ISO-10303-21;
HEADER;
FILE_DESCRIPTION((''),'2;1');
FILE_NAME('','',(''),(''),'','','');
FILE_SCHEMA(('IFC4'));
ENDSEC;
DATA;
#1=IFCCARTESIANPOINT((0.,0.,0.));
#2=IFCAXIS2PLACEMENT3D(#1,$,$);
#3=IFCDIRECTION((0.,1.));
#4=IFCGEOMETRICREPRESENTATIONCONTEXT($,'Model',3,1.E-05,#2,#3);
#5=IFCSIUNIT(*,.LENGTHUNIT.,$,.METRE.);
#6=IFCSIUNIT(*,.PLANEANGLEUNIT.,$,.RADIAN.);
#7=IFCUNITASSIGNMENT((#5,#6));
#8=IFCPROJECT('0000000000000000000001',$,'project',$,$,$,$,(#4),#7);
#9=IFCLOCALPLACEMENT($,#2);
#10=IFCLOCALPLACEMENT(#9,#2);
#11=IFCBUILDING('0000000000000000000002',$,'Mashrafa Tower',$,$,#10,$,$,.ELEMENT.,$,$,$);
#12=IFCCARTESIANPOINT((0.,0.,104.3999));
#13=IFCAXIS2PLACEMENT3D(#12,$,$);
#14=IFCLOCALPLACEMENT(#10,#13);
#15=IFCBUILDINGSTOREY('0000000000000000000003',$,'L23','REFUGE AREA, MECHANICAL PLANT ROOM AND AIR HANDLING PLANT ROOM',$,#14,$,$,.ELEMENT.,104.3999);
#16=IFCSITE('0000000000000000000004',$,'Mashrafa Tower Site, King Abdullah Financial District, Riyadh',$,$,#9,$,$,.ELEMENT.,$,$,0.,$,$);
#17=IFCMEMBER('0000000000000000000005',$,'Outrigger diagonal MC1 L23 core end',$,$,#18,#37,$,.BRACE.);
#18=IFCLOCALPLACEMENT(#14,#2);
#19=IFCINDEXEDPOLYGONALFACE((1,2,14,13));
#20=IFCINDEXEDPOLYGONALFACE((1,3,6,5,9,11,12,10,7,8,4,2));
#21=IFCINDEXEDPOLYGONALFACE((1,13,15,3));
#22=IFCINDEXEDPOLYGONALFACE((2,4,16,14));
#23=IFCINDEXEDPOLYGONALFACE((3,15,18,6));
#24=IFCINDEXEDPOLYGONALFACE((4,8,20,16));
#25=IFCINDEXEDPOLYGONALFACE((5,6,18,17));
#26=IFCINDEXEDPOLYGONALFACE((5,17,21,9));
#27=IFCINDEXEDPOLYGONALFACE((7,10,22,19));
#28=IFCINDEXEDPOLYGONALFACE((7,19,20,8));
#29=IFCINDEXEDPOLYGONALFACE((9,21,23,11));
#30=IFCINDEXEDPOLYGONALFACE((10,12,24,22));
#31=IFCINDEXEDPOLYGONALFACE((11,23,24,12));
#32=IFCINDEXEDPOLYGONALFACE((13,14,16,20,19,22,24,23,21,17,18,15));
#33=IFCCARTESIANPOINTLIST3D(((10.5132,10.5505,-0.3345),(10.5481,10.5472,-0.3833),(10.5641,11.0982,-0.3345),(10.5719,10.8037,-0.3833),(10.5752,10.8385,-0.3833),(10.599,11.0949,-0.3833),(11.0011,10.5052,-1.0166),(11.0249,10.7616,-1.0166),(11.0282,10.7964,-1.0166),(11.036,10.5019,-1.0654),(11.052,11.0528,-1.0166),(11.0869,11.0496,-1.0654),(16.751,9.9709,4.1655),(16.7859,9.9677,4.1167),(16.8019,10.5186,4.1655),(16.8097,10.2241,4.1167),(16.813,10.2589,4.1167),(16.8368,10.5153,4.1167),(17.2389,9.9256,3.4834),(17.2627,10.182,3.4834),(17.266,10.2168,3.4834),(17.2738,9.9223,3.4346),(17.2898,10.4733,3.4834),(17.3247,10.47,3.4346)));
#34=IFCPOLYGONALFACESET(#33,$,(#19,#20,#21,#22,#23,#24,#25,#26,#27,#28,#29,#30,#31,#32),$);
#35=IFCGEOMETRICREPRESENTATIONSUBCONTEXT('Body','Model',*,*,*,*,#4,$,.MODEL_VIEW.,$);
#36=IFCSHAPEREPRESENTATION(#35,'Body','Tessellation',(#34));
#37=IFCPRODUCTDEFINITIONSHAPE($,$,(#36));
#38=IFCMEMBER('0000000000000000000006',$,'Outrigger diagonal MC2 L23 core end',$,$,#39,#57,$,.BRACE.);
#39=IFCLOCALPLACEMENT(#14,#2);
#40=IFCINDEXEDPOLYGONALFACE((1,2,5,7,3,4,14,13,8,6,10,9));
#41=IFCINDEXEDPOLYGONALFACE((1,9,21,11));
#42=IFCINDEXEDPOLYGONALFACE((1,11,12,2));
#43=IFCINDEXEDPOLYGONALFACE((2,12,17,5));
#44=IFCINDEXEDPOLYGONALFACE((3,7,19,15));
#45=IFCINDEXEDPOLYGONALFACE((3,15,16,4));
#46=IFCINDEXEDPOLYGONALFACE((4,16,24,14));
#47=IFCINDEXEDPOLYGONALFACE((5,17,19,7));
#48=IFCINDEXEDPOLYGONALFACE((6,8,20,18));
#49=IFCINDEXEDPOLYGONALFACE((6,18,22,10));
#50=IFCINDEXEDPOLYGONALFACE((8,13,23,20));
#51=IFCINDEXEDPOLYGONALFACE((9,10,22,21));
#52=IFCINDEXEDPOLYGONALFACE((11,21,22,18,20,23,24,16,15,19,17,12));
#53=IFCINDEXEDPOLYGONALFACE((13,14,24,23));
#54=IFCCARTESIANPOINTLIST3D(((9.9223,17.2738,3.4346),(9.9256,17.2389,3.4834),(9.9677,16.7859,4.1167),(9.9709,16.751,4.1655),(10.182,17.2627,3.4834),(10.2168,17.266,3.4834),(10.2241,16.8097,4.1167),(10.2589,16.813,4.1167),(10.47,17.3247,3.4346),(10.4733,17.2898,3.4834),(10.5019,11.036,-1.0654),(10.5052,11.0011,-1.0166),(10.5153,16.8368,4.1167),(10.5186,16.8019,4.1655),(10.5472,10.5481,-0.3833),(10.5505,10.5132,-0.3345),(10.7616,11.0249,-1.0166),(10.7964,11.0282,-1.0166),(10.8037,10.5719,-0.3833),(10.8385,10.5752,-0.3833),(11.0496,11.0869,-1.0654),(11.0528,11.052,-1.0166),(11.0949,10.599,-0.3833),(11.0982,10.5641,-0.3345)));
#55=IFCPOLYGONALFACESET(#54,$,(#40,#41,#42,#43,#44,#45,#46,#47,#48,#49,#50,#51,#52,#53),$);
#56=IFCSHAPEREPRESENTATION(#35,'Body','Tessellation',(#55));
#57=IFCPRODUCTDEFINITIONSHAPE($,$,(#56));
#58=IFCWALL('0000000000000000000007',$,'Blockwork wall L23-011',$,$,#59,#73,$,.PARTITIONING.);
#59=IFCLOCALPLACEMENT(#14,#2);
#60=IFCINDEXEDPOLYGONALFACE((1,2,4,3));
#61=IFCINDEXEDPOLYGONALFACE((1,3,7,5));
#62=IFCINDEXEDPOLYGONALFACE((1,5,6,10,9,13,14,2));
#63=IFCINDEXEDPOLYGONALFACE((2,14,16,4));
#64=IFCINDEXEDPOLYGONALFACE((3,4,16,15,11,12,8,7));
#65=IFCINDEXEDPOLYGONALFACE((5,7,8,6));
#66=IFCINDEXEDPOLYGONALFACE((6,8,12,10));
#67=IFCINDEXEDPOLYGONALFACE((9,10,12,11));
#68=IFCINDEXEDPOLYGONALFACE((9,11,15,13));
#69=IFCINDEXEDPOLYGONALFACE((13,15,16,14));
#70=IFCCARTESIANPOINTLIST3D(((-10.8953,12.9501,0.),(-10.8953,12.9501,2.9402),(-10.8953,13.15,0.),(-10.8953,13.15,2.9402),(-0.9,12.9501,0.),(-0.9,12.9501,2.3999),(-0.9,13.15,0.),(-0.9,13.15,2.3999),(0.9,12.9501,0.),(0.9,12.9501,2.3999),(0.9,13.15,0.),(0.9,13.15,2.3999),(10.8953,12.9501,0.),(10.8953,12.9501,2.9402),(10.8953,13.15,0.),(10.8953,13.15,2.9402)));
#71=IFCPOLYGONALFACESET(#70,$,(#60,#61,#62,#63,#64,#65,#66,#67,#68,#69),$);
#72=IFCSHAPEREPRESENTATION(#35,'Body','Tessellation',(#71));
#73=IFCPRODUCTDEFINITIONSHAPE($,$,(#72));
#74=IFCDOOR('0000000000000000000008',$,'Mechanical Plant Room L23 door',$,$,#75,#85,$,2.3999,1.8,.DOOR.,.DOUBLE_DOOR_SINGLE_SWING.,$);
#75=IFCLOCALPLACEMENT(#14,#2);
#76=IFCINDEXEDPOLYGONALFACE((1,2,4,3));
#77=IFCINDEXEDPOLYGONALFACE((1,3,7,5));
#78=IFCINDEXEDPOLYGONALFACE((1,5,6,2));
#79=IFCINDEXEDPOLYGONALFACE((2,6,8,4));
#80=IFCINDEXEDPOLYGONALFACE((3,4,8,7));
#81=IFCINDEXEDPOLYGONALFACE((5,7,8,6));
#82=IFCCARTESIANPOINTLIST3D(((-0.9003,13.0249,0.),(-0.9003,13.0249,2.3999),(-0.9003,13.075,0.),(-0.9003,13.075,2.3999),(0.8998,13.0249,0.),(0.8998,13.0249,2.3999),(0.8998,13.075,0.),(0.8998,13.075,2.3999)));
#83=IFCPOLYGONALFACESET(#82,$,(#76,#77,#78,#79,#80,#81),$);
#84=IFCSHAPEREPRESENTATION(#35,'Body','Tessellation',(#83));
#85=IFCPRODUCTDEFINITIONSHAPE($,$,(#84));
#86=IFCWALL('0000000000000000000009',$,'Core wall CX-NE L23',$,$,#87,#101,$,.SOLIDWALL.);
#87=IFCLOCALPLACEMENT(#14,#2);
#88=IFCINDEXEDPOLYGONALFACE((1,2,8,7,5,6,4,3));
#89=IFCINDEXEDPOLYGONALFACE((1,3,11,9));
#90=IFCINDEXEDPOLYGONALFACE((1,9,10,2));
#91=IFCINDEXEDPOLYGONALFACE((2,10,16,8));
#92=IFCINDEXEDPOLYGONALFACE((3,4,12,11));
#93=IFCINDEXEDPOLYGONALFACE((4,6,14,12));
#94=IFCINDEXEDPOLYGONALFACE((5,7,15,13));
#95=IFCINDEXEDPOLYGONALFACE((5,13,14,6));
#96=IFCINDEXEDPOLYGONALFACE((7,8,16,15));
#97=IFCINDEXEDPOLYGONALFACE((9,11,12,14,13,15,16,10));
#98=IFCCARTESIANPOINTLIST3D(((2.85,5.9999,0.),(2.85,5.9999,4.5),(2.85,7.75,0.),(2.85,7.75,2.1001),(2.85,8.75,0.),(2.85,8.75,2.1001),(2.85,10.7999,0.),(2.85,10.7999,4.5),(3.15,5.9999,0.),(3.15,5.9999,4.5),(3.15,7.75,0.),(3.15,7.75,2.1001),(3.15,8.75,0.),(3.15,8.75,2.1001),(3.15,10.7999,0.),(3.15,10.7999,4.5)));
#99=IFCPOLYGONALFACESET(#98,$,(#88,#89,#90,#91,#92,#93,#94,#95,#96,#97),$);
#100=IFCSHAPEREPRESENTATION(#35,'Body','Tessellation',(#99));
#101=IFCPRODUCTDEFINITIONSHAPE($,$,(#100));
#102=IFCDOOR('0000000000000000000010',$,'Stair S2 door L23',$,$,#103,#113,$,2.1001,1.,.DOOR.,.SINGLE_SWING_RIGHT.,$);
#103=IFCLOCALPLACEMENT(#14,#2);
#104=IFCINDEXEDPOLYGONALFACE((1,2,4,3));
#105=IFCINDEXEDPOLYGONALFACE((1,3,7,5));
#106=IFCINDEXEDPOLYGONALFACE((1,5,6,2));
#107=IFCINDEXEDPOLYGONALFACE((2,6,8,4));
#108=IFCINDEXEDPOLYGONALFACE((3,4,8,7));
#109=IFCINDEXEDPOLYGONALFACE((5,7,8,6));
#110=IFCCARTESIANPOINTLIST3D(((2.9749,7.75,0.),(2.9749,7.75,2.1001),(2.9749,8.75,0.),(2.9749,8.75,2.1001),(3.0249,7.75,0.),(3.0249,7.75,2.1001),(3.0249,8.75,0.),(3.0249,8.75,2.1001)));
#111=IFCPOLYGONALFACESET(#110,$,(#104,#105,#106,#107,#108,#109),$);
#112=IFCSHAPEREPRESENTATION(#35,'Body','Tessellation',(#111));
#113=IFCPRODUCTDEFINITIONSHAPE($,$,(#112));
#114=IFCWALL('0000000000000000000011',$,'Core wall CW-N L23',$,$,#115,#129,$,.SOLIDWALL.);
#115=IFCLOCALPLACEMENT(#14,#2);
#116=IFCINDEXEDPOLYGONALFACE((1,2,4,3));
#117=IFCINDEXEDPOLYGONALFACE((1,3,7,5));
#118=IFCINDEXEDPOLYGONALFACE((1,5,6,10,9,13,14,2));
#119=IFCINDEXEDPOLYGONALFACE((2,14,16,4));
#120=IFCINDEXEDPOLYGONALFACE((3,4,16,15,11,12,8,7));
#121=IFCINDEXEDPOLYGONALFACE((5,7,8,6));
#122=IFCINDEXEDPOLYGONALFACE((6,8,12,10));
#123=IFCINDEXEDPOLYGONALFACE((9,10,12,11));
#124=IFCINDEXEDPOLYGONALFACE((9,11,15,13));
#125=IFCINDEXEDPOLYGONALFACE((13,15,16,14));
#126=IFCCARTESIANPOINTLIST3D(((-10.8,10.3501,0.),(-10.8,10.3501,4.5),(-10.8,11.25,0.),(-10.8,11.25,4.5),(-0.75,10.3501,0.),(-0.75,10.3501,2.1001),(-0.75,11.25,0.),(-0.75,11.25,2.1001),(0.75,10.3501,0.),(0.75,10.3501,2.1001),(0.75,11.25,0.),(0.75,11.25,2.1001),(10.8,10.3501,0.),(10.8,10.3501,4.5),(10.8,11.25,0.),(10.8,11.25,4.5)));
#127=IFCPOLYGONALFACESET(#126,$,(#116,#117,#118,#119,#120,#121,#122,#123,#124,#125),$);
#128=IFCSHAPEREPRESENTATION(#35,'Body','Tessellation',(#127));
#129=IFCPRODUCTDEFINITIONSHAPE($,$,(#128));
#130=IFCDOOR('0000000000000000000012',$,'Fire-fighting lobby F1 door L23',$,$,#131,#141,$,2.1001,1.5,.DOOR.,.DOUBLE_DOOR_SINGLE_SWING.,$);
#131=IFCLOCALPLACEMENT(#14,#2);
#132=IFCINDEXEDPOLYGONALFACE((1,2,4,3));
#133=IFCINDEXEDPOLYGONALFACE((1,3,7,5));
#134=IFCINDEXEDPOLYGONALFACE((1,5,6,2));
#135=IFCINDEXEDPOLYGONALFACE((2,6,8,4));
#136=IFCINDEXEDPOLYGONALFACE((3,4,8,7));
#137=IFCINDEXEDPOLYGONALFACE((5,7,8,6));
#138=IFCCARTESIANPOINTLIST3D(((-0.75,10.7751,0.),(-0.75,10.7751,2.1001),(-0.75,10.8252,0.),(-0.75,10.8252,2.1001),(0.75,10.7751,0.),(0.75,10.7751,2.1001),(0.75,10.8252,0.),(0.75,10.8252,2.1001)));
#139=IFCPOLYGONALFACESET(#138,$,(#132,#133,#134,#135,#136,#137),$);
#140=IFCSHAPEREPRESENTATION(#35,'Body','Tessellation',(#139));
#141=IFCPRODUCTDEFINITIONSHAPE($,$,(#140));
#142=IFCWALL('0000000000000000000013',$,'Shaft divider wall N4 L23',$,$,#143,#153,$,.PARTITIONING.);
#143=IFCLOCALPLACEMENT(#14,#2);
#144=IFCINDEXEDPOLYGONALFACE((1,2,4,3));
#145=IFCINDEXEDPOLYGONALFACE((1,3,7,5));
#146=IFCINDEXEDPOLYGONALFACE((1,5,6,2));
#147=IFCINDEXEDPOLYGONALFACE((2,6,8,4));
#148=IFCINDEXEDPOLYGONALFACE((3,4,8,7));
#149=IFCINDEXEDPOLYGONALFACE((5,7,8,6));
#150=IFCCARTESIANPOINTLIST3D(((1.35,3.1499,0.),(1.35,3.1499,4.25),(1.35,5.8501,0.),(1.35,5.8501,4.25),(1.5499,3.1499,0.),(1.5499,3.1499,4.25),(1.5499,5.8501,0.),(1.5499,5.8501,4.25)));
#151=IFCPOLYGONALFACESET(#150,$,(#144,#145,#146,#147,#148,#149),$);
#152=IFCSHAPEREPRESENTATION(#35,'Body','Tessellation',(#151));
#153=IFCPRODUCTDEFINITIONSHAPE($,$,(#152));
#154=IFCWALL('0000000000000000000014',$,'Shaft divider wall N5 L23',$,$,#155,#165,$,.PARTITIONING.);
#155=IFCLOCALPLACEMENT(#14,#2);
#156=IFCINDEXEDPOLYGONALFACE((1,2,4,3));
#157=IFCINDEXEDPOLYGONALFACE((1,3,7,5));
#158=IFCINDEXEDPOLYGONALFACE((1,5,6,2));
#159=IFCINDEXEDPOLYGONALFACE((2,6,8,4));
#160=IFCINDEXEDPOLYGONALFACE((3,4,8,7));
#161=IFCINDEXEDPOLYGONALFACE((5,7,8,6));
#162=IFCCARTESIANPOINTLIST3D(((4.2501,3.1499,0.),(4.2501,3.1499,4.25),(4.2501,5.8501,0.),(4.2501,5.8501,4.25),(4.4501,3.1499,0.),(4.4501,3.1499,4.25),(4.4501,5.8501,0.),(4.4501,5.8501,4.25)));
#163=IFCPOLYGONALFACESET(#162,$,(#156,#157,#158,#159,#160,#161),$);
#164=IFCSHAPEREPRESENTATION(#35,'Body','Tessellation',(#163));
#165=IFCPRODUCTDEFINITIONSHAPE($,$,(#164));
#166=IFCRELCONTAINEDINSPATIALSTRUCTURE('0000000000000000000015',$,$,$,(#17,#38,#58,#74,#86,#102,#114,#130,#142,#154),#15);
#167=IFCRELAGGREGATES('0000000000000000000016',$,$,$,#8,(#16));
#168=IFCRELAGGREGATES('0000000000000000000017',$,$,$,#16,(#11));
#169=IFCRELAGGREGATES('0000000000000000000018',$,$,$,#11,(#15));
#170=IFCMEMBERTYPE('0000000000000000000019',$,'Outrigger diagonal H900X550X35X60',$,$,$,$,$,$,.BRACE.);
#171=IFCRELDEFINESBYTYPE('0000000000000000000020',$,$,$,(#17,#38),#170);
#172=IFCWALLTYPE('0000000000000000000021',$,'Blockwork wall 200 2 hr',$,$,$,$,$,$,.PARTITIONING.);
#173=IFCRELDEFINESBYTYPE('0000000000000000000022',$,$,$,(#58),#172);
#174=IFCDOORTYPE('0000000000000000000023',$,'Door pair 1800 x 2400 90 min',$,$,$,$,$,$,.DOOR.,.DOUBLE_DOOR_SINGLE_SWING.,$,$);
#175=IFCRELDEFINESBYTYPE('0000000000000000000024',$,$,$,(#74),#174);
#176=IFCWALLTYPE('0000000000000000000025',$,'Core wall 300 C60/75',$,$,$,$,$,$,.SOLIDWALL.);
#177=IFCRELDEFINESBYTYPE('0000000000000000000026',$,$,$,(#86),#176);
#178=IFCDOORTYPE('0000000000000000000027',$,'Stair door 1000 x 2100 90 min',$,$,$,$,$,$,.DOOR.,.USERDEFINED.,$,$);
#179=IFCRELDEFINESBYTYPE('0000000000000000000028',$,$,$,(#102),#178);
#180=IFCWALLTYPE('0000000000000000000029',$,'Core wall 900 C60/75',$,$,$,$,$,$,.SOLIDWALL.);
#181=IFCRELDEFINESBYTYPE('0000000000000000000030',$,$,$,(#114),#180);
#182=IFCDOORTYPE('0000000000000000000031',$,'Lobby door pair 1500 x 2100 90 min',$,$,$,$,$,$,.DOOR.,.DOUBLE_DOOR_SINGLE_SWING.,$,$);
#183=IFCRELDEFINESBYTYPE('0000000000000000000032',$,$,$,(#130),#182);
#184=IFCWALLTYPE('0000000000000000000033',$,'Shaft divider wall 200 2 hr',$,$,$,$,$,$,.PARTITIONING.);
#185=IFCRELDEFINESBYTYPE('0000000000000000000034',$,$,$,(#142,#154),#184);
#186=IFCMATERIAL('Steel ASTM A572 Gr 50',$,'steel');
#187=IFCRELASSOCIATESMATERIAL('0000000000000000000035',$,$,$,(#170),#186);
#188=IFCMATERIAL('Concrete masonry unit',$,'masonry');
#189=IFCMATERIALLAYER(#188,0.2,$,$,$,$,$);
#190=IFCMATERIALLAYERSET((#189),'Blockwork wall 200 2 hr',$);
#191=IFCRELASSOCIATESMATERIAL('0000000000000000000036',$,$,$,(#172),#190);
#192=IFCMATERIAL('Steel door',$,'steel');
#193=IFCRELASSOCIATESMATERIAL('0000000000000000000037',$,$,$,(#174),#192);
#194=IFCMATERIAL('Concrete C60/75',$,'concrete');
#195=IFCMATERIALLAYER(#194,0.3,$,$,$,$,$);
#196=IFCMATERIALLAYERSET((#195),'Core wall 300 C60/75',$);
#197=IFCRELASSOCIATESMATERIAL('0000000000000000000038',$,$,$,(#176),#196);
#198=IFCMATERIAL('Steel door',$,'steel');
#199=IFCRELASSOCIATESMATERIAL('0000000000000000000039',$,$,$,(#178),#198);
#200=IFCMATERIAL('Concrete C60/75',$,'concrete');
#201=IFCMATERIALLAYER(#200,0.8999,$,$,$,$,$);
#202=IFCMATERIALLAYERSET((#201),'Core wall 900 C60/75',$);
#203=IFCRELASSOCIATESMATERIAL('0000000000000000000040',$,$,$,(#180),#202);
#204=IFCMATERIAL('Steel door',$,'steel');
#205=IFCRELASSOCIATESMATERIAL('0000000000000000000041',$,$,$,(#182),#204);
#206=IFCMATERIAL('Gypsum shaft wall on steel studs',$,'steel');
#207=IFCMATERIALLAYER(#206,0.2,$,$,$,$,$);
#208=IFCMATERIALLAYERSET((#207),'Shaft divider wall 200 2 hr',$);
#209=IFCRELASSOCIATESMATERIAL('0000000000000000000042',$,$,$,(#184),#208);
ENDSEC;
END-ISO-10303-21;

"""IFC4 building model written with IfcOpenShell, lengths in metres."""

from ifc_helpers import new_model, si_unit, direction, frame, frame_2d, origin, origin_2d, place, context, subcontext, project, spatial, rectangle, i_section, extrude, source, transform, mapped, material, layer, layer_set, material_profile, profile_set, type_object, type_shapes, element, fill, save


model = new_model("IFC4")

# Units and contexts
model_context = context("Model", 3, precision=1e-05, world=origin(), true_north=direction((0.0, 1.0)))
body_context = subcontext(model_context, "Body", "Model", "MODEL_VIEW")
ifc_project = project(units=[si_unit("LENGTHUNIT", "METRE"), si_unit("PLANEANGLEUNIT", "RADIAN")], contexts=[model_context])

# Site, building, storey
site_placement = place(None, origin())
site = spatial("IfcSite", under=ifc_project, at=site_placement, Name="Mashrafa Tower Site, King Abdullah Financial District, Riyadh", CompositionType="ELEMENT", RefElevation=0.0)
building_placement = place(site_placement, origin())
building = spatial("IfcBuilding", under=site, at=building_placement, Name="Mashrafa Tower", CompositionType="ELEMENT")
storey_placement = place(building_placement, frame((0.0, 0.0, 104.3999)))
storey = spatial("IfcBuildingStorey", under=building, at=storey_placement, Name="L23", Description="REFUGE AREA, MECHANICAL PLANT ROOM AND AIR HANDLING PLANT ROOM", CompositionType="ELEMENT", Elevation=104.3999)

# Members
ifc_material_1 = material(Name="Steel ASTM A572 Gr 50", Category="steel")
ifc_material_profile_1 = material_profile(ifc_material_1, i_section(OverallWidth=0.55, OverallDepth=0.8999, WebThickness=0.0349, FlangeThickness=0.0601, at=origin_2d()), Name="H900X550X35X60")
ifc_profile_set_1 = profile_set([ifc_material_profile_1], Name="Steel ASTM A572 Gr 50")
member_type_1 = type_object("IfcMemberType", Name="Outrigger diagonal H900X550X35X60", PredefinedType="BRACE", material=ifc_profile_set_1)
shared_shape_1 = source(origin(), body_context, "Body", "SweptSolid", [
    extrude(i_section(OverallWidth=0.55, OverallDepth=0.8999, WebThickness=0.0349, FlangeThickness=0.0601, at=origin_2d()), origin(), (0.0, 0.0, 1.0), 7.7134),
])
type_shapes(member_type_1, [shared_shape_1])
for number, where, z_axis, x_axis, name in (
    (1, (10.8, 10.8, -0.7), (0.808699, -0.075141, 0.583403), (0.092517, 0.995711, 0.0), "Outrigger diagonal MC1 L23 core end"),
    (2, (10.8, 10.8, -0.7), (-0.075141, 0.808699, 0.583403), (-0.995711, -0.092517, 0.0), "Outrigger diagonal MC2 L23 core end"),
):
    element("IfcMember", number, at=place(storey_placement, frame(where, z_axis=z_axis, x_axis=x_axis)), inside=storey, type_object=member_type_1, Name=name, PredefinedType="BRACE", context=body_context, shape_type="MappedRepresentation", body=[
        mapped(shared_shape_1, transform((0.0, 0.0, 0.0))),
    ])

# Walls, openings, doors
ifc_material_2 = material(Name="Concrete masonry unit", Category="masonry")
ifc_layer_1 = layer(ifc_material_2, 0.2)
ifc_layer_set_1 = layer_set([ifc_layer_1], Name="Blockwork wall 200 2 hr")
wall_type_1 = type_object("IfcWallType", Name="Blockwork wall 200 2 hr", PredefinedType="PARTITIONING", material=ifc_layer_set_1)
wall_1_placement = place(storey_placement, frame((10.8953, 13.05, 0.0), z_axis=(0.0, 0.0, 1.0), x_axis=(-1.0, 0.0, 0.0)))
wall_1 = element("IfcWall", 3, at=wall_1_placement, inside=storey, type_object=wall_type_1, Name="Blockwork wall L23-011", PredefinedType="PARTITIONING", context=body_context, shape_type="SweptSolid", body=[
    extrude(rectangle(XDim=21.7905, YDim=0.2, at=frame_2d((10.8953, 0.0))), origin(), (0.0, 0.0, 1.0), 2.9402),
])
opening_1_placement = place(wall_1_placement, frame((9.9954, 0.0, 0.0)))
opening_1 = element("IfcOpeningElement", 4, at=opening_1_placement, cuts=wall_1, PredefinedType="OPENING", context=body_context, shape_type="SweptSolid", body=[
    extrude(rectangle(XDim=1.8, YDim=2.3999, at=frame_2d((0.8999, 1.2))), frame((0.0, 0.1099, 0.0), z_axis=(0.0, -1.0, 0.0), x_axis=(1.0, 0.0, 0.0)), (0.0, 0.0, 1.0), 0.22),
])
ifc_material_3 = material(Name="Steel door", Category="steel")
door_type_1 = type_object("IfcDoorType", Name="Door pair 1800 x 2400 90 min", OperationType="DOUBLE_DOOR_SINGLE_SWING", PredefinedType="DOOR", material=ifc_material_3)
door_1_placement = place(opening_1_placement, frame((1.8, 0.0, 0.0), z_axis=(0.0, 0.0, 1.0), x_axis=(-1.0, 0.0, 0.0)))
door_1 = element("IfcDoor", 5, at=door_1_placement, inside=storey, type_object=door_type_1, Name="Mechanical Plant Room L23 door", OperationType="DOUBLE_DOOR_SINGLE_SWING", OverallHeight=2.3999, OverallWidth=1.8, PredefinedType="DOOR", context=body_context, shape_type="SweptSolid", body=[
    extrude(rectangle(XDim=1.8, YDim=2.3999, at=frame_2d((0.8999, 1.2))), frame((0.0, 0.0249, 0.0), z_axis=(0.0, -1.0, 0.0), x_axis=(1.0, 0.0, 0.0)), (0.0, 0.0, 1.0), 0.05),
])
fill(opening_1, door_1)
ifc_material_4 = material(Name="Concrete C60/75", Category="concrete")
ifc_layer_2 = layer(ifc_material_4, 0.3)
ifc_layer_set_2 = layer_set([ifc_layer_2], Name="Core wall 300 C60/75")
wall_type_2 = type_object("IfcWallType", Name="Core wall 300 C60/75", PredefinedType="SOLIDWALL", material=ifc_layer_set_2)
wall_2_placement = place(storey_placement, frame((3.0, 6.0, 0.0), z_axis=(0.0, 0.0, 1.0), x_axis=(0.0, 1.0, 0.0)))
wall_2 = element("IfcWall", 6, at=wall_2_placement, inside=storey, type_object=wall_type_2, Name="Core wall CX-NE L23", PredefinedType="SOLIDWALL", context=body_context, shape_type="SweptSolid", body=[
    extrude(rectangle(XDim=4.8, YDim=0.3, at=frame_2d((2.3999, 0.0))), origin(), (0.0, 0.0, 1.0), 4.5),
])
opening_2_placement = place(wall_2_placement, frame((1.75, 0.0, 0.0)))
opening_2 = element("IfcOpeningElement", 7, at=opening_2_placement, cuts=wall_2, PredefinedType="OPENING", context=body_context, shape_type="SweptSolid", body=[
    extrude(rectangle(XDim=1.0, YDim=2.1001, at=frame_2d((0.5, 1.05))), frame((0.0, 0.1599, 0.0), z_axis=(0.0, -1.0, 0.0), x_axis=(1.0, 0.0, 0.0)), (0.0, 0.0, 1.0), 0.3201),
])
ifc_material_5 = material(Name="Steel door", Category="steel")
door_type_2 = type_object("IfcDoorType", Name="Stair door 1000 x 2100 90 min", OperationType="USERDEFINED", PredefinedType="DOOR", material=ifc_material_5)
door_2_placement = place(opening_2_placement, frame((1.0, 0.0, 0.0), z_axis=(0.0, 0.0, 1.0), x_axis=(-1.0, 0.0, 0.0)))
door_2 = element("IfcDoor", 8, at=door_2_placement, inside=storey, type_object=door_type_2, Name="Stair S2 door L23", OperationType="SINGLE_SWING_RIGHT", OverallHeight=2.1001, OverallWidth=1.0, PredefinedType="DOOR", context=body_context, shape_type="SweptSolid", body=[
    extrude(rectangle(XDim=1.0, YDim=2.1001, at=frame_2d((0.5, 1.05))), frame((0.0, 0.0249, 0.0), z_axis=(0.0, -1.0, 0.0), x_axis=(1.0, 0.0, 0.0)), (0.0, 0.0, 1.0), 0.05),
])
fill(opening_2, door_2)
ifc_material_6 = material(Name="Concrete C60/75", Category="concrete")
ifc_layer_3 = layer(ifc_material_6, 0.8999)
ifc_layer_set_3 = layer_set([ifc_layer_3], Name="Core wall 900 C60/75")
wall_type_3 = type_object("IfcWallType", Name="Core wall 900 C60/75", PredefinedType="SOLIDWALL", material=ifc_layer_set_3)
wall_3_placement = place(storey_placement, frame((10.8, 10.8, 0.0), z_axis=(0.0, 0.0, 1.0), x_axis=(-1.0, 0.0, 0.0)))
wall_3 = element("IfcWall", 9, at=wall_3_placement, inside=storey, type_object=wall_type_3, Name="Core wall CW-N L23", PredefinedType="SOLIDWALL", context=body_context, shape_type="SweptSolid", body=[
    extrude(rectangle(XDim=21.6001, YDim=0.8999, at=frame_2d((10.8, 0.0))), origin(), (0.0, 0.0, 1.0), 4.5),
])
opening_3_placement = place(wall_3_placement, frame((10.05, 0.0, 0.0)))
opening_3 = element("IfcOpeningElement", 10, at=opening_3_placement, cuts=wall_3, PredefinedType="OPENING", context=body_context, shape_type="SweptSolid", body=[
    extrude(rectangle(XDim=1.5, YDim=2.1001, at=frame_2d((0.75, 1.05))), frame((0.0, 0.46, 0.0), z_axis=(0.0, -1.0, 0.0), x_axis=(1.0, 0.0, 0.0)), (0.0, 0.0, 1.0), 0.9199),
])
ifc_material_7 = material(Name="Steel door", Category="steel")
door_type_3 = type_object("IfcDoorType", Name="Lobby door pair 1500 x 2100 90 min", OperationType="DOUBLE_DOOR_SINGLE_SWING", PredefinedType="DOOR", material=ifc_material_7)
door_3_placement = place(opening_3_placement, origin())
door_3 = element("IfcDoor", 11, at=door_3_placement, inside=storey, type_object=door_type_3, Name="Fire-fighting lobby F1 door L23", OperationType="DOUBLE_DOOR_SINGLE_SWING", OverallHeight=2.1001, OverallWidth=1.5, PredefinedType="DOOR", context=body_context, shape_type="SweptSolid", body=[
    extrude(rectangle(XDim=1.5, YDim=2.1001, at=frame_2d((0.75, 1.05))), frame((0.0, 0.0249, 0.0), z_axis=(0.0, -1.0, 0.0), x_axis=(1.0, 0.0, 0.0)), (0.0, 0.0, 1.0), 0.05),
])
fill(opening_3, door_3)

# Walls
ifc_material_8 = material(Name="Gypsum shaft wall on steel studs", Category="steel")
ifc_layer_4 = layer(ifc_material_8, 0.2)
ifc_layer_set_4 = layer_set([ifc_layer_4], Name="Shaft divider wall 200 2 hr")
wall_type_4 = type_object("IfcWallType", Name="Shaft divider wall 200 2 hr", PredefinedType="PARTITIONING", material=ifc_layer_set_4)
for number, where, z_axis, x_axis, name in (
    (12, (1.45, 3.1499, 0.0), (0.0, 0.0, 1.0), (0.0, 1.0, 0.0), "Shaft divider wall N4 L23"),
    (13, (4.3501, 3.1499, 0.0), (0.0, 0.0, 1.0), (0.0, 1.0, 0.0), "Shaft divider wall N5 L23"),
):
    element("IfcWall", number, at=place(storey_placement, frame(where, z_axis=z_axis, x_axis=x_axis)), inside=storey, type_object=wall_type_4, Name=name, PredefinedType="PARTITIONING", context=body_context, shape_type="SweptSolid", body=[
        extrude(rectangle(XDim=2.7002, YDim=0.2, at=frame_2d((1.3501, 0.0))), origin(), (0.0, 0.0, 1.0), 4.25),
    ])

save(model, "model.ifc")
